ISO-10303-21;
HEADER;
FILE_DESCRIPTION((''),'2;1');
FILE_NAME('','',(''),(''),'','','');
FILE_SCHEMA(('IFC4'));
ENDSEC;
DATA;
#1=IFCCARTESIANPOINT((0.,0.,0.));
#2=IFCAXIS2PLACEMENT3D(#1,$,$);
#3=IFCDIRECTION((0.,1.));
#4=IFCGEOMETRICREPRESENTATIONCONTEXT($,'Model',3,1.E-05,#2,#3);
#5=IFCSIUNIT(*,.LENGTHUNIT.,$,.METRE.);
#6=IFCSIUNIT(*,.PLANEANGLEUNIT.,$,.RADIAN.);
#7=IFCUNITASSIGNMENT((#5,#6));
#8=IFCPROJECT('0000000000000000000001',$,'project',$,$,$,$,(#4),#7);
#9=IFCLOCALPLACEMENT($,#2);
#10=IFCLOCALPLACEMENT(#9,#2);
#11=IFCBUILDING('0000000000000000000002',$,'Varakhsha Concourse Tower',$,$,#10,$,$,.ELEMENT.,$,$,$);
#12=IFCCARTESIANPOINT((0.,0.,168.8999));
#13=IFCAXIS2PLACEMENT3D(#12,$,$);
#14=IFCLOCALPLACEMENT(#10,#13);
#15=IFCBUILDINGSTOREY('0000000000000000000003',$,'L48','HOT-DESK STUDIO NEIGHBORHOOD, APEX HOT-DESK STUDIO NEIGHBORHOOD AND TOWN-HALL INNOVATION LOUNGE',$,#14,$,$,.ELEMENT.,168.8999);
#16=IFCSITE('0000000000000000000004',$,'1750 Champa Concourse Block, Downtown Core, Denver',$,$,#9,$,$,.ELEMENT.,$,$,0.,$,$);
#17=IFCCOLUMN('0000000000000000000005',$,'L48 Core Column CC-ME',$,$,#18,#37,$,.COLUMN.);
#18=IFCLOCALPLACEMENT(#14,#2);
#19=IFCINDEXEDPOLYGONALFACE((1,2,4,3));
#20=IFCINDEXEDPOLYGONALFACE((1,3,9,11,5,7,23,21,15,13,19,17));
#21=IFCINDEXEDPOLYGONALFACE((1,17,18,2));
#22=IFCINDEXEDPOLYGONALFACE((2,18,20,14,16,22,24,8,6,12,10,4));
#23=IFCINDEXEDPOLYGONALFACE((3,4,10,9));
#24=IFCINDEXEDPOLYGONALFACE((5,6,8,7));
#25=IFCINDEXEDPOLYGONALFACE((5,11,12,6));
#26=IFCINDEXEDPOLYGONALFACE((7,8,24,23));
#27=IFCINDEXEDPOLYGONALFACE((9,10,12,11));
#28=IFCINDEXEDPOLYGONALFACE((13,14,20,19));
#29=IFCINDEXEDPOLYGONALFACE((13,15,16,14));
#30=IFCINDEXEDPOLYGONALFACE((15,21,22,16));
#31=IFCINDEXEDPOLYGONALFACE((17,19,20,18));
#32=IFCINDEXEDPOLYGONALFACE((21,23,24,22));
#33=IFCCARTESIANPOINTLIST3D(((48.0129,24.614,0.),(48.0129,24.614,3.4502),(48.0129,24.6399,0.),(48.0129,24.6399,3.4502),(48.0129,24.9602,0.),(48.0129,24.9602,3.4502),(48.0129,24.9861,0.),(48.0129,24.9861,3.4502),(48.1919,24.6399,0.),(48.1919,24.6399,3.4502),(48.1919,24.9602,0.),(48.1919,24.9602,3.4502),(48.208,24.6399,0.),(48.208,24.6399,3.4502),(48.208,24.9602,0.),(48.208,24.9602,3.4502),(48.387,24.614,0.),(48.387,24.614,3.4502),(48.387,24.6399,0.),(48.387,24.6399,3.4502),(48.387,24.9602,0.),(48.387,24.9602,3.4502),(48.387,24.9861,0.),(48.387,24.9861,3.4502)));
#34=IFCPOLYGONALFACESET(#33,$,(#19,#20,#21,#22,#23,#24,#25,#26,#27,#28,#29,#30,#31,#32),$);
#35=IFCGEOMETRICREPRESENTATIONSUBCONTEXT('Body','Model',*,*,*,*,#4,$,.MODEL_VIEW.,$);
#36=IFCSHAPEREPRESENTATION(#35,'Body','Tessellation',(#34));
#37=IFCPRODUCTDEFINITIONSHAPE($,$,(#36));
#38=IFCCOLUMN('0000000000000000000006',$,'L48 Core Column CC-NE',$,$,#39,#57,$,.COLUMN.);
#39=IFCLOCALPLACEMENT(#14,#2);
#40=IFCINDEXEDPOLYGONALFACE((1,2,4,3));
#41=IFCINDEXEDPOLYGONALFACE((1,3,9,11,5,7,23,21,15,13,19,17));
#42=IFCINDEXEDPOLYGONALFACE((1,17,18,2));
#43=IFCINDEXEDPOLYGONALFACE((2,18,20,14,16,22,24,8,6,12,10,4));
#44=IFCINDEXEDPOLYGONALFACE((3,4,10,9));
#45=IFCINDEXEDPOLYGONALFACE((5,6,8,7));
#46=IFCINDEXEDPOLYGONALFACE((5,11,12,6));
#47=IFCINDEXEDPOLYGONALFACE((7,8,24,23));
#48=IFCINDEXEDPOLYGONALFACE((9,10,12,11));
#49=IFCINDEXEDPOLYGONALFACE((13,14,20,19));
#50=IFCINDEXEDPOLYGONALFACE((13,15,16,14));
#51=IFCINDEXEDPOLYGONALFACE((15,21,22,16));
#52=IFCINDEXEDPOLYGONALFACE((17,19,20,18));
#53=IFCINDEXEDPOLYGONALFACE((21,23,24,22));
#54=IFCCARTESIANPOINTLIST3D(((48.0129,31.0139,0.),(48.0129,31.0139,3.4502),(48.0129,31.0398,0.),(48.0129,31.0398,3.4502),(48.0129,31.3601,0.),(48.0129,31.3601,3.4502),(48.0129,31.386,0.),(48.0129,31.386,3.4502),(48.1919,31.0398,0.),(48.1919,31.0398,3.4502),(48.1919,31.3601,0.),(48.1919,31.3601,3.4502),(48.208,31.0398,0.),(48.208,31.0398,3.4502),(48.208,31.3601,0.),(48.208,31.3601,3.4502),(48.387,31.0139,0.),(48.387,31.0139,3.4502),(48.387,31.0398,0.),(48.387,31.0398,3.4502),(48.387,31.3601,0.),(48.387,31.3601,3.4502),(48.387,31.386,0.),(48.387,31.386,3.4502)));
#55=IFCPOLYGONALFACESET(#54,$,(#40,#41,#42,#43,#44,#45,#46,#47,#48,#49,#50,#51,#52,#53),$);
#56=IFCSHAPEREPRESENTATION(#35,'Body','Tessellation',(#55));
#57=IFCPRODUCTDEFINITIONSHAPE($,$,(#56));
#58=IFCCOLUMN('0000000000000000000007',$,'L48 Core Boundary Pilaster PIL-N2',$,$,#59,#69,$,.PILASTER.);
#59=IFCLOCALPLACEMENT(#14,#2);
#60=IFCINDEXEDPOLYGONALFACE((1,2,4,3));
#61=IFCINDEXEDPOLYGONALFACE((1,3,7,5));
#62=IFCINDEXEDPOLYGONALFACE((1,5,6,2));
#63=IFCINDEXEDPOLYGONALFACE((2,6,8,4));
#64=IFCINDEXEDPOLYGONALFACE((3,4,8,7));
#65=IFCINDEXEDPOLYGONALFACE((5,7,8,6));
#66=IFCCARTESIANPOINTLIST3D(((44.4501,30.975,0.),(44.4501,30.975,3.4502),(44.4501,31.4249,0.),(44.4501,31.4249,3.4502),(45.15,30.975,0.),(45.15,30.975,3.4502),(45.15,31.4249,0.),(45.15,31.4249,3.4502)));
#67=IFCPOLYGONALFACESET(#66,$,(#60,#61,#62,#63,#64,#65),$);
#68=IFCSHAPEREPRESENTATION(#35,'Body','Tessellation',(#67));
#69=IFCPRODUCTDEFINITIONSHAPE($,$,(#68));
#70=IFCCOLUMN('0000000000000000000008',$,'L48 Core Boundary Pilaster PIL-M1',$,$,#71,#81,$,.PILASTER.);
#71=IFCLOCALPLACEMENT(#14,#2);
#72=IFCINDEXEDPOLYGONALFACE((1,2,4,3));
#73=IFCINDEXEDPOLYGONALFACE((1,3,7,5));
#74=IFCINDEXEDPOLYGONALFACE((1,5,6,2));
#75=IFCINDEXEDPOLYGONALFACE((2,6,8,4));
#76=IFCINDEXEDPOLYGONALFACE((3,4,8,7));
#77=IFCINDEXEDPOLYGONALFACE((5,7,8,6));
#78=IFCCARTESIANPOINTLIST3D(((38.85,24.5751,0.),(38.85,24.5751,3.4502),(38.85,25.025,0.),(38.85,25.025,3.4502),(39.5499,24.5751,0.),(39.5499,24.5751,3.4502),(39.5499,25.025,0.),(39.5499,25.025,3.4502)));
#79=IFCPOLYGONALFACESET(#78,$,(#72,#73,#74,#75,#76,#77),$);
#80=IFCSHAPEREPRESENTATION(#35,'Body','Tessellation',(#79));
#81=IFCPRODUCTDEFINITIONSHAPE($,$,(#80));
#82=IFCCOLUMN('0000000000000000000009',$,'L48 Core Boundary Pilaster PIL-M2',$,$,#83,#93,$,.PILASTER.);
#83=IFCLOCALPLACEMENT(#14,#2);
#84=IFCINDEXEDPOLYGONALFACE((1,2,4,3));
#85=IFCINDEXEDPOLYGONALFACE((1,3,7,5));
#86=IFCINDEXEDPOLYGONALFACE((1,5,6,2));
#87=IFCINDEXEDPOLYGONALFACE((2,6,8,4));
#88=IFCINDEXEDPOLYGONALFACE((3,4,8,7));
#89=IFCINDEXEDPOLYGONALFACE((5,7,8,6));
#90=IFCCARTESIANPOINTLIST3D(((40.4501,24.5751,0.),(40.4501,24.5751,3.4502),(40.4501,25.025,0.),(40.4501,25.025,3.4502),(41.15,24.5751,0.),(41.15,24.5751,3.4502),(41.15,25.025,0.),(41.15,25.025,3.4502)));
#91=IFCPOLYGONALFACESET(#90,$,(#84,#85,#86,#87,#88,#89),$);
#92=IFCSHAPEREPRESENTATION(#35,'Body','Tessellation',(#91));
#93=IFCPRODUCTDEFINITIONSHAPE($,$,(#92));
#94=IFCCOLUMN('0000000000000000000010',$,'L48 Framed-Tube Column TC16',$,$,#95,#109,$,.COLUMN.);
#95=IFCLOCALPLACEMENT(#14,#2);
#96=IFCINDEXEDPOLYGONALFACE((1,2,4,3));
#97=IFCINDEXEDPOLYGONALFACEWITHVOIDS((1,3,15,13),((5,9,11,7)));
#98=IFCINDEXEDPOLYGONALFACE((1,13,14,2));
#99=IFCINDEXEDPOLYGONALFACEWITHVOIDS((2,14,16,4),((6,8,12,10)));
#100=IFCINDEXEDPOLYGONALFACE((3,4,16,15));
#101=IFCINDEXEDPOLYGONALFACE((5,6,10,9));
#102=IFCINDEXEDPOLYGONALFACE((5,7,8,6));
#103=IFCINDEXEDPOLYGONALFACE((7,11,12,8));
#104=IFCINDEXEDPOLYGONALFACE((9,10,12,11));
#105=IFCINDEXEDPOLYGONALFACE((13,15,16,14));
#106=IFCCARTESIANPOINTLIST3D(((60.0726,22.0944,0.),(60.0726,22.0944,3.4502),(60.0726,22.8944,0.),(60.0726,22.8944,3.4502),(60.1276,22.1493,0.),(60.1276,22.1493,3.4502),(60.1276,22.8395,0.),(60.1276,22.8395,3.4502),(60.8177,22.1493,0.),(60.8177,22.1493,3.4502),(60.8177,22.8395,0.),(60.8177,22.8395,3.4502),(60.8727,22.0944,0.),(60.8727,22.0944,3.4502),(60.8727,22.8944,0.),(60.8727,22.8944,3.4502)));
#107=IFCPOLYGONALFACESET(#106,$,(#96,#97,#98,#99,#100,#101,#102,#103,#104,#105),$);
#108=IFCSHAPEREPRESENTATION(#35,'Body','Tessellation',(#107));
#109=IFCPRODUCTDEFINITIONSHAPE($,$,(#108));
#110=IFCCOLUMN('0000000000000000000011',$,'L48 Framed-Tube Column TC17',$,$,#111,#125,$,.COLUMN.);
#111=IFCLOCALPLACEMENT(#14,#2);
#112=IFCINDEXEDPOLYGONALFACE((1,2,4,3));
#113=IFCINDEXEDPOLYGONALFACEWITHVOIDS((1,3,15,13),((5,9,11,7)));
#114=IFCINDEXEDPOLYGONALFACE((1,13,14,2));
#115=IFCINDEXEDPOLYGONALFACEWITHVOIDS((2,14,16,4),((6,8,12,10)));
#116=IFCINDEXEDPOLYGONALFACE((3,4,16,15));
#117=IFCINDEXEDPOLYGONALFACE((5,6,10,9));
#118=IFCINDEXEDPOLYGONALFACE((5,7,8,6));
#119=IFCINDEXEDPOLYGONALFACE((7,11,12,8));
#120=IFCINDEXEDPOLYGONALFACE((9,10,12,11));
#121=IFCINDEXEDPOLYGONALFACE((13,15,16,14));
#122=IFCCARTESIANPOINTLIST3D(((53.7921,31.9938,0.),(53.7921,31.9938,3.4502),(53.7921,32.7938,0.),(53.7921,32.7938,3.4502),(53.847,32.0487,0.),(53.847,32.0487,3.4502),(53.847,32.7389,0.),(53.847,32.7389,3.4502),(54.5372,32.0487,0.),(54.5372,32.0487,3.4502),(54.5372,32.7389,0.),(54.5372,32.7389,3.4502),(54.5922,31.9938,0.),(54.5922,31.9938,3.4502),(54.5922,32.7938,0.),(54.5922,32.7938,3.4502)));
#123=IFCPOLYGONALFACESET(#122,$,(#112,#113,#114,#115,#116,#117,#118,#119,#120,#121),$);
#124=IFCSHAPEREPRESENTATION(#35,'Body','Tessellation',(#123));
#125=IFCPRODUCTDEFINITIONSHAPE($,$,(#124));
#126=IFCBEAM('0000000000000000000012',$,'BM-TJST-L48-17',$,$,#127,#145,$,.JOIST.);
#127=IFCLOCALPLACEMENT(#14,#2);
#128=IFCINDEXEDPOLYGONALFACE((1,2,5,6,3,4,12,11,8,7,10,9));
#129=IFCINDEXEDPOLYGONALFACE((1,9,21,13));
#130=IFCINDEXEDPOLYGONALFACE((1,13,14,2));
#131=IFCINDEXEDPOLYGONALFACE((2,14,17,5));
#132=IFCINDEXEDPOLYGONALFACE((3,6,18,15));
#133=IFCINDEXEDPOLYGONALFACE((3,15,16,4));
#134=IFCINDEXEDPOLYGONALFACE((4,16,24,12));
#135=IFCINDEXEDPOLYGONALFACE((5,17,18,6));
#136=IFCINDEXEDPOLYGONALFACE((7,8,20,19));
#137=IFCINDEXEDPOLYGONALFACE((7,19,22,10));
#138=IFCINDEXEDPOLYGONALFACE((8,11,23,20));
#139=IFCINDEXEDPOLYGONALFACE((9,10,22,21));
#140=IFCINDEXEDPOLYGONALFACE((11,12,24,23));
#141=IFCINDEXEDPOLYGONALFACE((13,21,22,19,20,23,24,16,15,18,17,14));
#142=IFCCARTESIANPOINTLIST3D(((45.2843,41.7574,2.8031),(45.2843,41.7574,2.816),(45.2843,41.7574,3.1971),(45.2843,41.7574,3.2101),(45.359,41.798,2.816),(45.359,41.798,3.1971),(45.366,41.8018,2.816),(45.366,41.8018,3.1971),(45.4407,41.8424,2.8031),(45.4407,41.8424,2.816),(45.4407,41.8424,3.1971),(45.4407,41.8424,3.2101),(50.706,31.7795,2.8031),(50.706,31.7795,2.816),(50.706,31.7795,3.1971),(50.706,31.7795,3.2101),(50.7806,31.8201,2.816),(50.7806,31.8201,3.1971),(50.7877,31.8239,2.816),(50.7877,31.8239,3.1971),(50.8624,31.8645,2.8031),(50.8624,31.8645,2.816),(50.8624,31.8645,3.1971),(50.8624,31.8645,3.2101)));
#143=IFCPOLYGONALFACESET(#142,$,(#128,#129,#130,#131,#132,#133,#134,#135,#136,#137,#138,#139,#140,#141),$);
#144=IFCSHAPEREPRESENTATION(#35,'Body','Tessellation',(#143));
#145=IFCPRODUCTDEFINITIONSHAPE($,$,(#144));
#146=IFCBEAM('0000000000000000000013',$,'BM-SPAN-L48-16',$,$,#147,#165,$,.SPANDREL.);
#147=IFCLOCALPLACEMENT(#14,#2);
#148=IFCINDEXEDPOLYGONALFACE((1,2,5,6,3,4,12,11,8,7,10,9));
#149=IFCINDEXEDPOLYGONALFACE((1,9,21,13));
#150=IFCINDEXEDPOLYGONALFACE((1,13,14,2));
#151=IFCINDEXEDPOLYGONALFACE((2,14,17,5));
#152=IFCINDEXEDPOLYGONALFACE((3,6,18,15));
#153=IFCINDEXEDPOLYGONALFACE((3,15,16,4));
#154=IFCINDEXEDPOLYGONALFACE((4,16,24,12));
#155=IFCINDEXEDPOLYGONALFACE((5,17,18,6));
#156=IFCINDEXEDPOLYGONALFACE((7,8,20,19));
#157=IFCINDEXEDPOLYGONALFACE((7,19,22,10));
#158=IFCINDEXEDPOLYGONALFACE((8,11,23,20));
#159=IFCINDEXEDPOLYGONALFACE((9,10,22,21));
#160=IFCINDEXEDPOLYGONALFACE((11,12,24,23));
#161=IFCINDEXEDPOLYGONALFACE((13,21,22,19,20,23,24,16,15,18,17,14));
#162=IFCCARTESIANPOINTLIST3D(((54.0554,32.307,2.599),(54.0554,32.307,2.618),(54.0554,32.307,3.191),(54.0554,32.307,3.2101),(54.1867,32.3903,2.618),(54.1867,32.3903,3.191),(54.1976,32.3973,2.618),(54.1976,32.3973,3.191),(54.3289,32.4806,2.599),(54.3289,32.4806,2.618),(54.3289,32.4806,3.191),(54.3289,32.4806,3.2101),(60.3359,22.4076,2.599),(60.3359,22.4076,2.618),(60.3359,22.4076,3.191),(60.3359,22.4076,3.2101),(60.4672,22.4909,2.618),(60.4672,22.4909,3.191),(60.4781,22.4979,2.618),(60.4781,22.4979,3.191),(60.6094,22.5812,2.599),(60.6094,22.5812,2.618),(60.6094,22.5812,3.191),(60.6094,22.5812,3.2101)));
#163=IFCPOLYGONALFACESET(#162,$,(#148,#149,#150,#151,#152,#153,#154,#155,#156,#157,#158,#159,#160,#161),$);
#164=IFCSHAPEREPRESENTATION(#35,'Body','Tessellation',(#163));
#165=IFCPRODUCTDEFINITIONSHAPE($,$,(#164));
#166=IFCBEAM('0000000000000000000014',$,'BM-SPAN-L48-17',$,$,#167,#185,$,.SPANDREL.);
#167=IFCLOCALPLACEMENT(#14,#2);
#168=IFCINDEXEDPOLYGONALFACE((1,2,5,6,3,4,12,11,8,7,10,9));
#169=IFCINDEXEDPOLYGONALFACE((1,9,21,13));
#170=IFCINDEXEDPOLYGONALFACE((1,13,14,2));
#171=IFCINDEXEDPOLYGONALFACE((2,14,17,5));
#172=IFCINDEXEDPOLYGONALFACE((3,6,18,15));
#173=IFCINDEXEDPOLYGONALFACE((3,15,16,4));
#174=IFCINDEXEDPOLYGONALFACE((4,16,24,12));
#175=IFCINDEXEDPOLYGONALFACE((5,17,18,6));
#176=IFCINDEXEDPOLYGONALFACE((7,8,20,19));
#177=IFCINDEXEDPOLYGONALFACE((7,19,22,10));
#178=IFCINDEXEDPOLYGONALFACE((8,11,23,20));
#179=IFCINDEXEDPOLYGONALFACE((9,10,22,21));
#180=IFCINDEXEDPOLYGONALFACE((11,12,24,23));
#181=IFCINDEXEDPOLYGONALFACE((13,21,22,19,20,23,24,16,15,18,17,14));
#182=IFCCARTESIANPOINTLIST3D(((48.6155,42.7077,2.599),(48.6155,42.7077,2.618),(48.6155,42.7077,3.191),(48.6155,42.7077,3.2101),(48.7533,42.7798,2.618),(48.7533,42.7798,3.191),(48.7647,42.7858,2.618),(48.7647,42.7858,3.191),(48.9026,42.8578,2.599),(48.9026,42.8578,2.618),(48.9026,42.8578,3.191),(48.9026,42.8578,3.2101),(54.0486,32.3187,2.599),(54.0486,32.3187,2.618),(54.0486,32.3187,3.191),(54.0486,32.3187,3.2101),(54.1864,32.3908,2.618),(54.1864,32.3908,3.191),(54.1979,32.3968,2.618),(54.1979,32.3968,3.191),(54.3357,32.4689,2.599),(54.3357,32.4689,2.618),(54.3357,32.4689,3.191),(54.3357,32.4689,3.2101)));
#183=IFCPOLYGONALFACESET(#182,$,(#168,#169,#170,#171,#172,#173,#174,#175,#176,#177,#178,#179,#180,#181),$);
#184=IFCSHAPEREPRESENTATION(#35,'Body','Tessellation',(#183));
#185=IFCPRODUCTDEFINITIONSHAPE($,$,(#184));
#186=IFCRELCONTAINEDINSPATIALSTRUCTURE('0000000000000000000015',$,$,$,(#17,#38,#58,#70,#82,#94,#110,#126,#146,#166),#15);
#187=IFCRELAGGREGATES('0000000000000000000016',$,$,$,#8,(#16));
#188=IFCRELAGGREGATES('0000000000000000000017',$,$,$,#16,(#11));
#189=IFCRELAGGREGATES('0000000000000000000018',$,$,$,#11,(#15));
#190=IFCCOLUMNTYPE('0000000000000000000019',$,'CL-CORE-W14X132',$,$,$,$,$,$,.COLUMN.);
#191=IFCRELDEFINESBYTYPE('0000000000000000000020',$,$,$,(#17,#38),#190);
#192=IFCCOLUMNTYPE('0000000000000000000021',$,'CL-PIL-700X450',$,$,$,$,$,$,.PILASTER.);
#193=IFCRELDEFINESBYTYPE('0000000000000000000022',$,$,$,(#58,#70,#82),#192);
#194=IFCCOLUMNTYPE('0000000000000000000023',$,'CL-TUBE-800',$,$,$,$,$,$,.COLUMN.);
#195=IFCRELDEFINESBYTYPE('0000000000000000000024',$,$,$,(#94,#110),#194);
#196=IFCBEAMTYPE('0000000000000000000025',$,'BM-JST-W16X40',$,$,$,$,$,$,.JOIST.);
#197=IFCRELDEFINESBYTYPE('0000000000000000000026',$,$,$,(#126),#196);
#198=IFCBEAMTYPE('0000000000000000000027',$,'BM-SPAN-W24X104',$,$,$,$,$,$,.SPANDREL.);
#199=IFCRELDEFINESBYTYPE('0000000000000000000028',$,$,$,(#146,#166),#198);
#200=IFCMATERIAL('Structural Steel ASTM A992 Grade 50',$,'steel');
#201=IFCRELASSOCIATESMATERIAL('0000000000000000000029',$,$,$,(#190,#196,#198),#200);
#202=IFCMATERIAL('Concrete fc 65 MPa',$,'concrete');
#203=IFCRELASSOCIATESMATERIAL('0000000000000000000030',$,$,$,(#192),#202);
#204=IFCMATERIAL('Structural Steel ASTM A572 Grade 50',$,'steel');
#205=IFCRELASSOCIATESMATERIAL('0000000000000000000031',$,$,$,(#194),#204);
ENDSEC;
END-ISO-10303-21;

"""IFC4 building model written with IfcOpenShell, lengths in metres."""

from ifc_helpers import new_model, si_unit, direction, frame, origin, origin_2d, place, context, subcontext, project, spatial, rectangle, hollow_rectangle, i_section, extrude, material, material_profile, profile_set, type_object, element, save


model = new_model("IFC4")

# Units and contexts
model_context = context("Model", 3, precision=1e-05, world=origin(), true_north=direction((0.0, 1.0)))
body_context = subcontext(model_context, "Body", "Model", "MODEL_VIEW")
ifc_project = project(units=[si_unit("LENGTHUNIT", "METRE"), si_unit("PLANEANGLEUNIT", "RADIAN")], contexts=[model_context])

# Site, building, storey
site_placement = place(None, origin())
site = spatial("IfcSite", under=ifc_project, at=site_placement, Name="1750 Champa Concourse Block, Downtown Core, Denver", CompositionType="ELEMENT", RefElevation=0.0)
building_placement = place(site_placement, origin())
building = spatial("IfcBuilding", under=site, at=building_placement, Name="Varakhsha Concourse Tower", CompositionType="ELEMENT")
storey_placement = place(building_placement, frame((0.0, 0.0, 168.8999)))
storey = spatial("IfcBuildingStorey", under=building, at=storey_placement, Name="L48", Description="HOT-DESK STUDIO NEIGHBORHOOD, APEX HOT-DESK STUDIO NEIGHBORHOOD AND TOWN-HALL INNOVATION LOUNGE", CompositionType="ELEMENT", Elevation=168.8999)

# Columns
ifc_material_1 = material(Name="Structural Steel ASTM A992 Grade 50", Category="steel")
ifc_material_profile_1 = material_profile(ifc_material_1, i_section(OverallWidth=0.374, OverallDepth=0.3721, WebThickness=0.0161, FlangeThickness=0.0259, at=origin_2d()), Name="W14X132")
ifc_profile_set_1 = profile_set([ifc_material_profile_1], Name="Structural Steel ASTM A992 Grade 50")
column_type_1 = type_object("IfcColumnType", Name="CL-CORE-W14X132", PredefinedType="COLUMN", material=ifc_profile_set_1)
for number, where, z_axis, x_axis, name in (
    (1, (48.2, 24.8, 0.0), (0.0, 0.0, 1.0), (1.0, 0.0, 0.0), "L48 Core Column CC-ME"),
    (2, (48.2, 31.2, 0.0), (0.0, 0.0, 1.0), (1.0, 0.0, 0.0), "L48 Core Column CC-NE"),
):
    element("IfcColumn", number, at=place(storey_placement, frame(where, z_axis=z_axis, x_axis=x_axis)), inside=storey, type_object=column_type_1, Name=name, PredefinedType="COLUMN", context=body_context, shape_type="SweptSolid", body=[
        extrude(i_section(OverallWidth=0.374, OverallDepth=0.3721, WebThickness=0.0161, FlangeThickness=0.0259, at=origin_2d()), origin(), (0.0, 0.0, 1.0), 3.4502),
    ])
ifc_material_2 = material(Name="Concrete fc 65 MPa", Category="concrete")
ifc_material_profile_2 = material_profile(ifc_material_2, rectangle(XDim=0.7, YDim=0.45, at=origin_2d()), Name="RC 700x450")
ifc_profile_set_2 = profile_set([ifc_material_profile_2], Name="Concrete fc 65 MPa")
column_type_2 = type_object("IfcColumnType", Name="CL-PIL-700X450", PredefinedType="PILASTER", material=ifc_profile_set_2)
for number, where, z_axis, x_axis, name in (
    (3, (44.8, 31.2, 0.0), (0.0, 0.0, 1.0), (1.0, 0.0, 0.0), "L48 Core Boundary Pilaster PIL-N2"),
    (4, (39.2, 24.8, 0.0), (0.0, 0.0, 1.0), (1.0, 0.0, 0.0), "L48 Core Boundary Pilaster PIL-M1"),
    (5, (40.8, 24.8, 0.0), (0.0, 0.0, 1.0), (1.0, 0.0, 0.0), "L48 Core Boundary Pilaster PIL-M2"),
):
    element("IfcColumn", number, at=place(storey_placement, frame(where, z_axis=z_axis, x_axis=x_axis)), inside=storey, type_object=column_type_2, Name=name, PredefinedType="PILASTER", context=body_context, shape_type="SweptSolid", body=[
        extrude(rectangle(XDim=0.7, YDim=0.45, at=origin_2d()), origin(), (0.0, 0.0, 1.0), 3.4502),
    ])
ifc_material_3 = material(Name="Structural Steel ASTM A572 Grade 50", Category="steel")
ifc_material_profile_3 = material_profile(ifc_material_3, hollow_rectangle(XDim=0.8, YDim=0.8, WallThickness=0.0549, at=origin_2d()), Name="BOX 800x800x55")
ifc_profile_set_3 = profile_set([ifc_material_profile_3], Name="Structural Steel ASTM A572 Grade 50")
column_type_3 = type_object("IfcColumnType", Name="CL-TUBE-800", PredefinedType="COLUMN", material=ifc_profile_set_3)
for number, where, z_axis, x_axis, name in (
    (6, (60.4727, 22.4944, 0.0), (0.0, 0.0, 1.0), (1.0, 0.0, 0.0), "L48 Framed-Tube Column TC16"),
    (7, (54.1921, 32.3938, 0.0), (0.0, 0.0, 1.0), (1.0, 0.0, 0.0), "L48 Framed-Tube Column TC17"),
):
    element("IfcColumn", number, at=place(storey_placement, frame(where, z_axis=z_axis, x_axis=x_axis)), inside=storey, type_object=column_type_3, Name=name, PredefinedType="COLUMN", context=body_context, shape_type="SweptSolid", body=[
        extrude(hollow_rectangle(XDim=0.8, YDim=0.8, WallThickness=0.0549, at=origin_2d()), origin(), (0.0, 0.0, 1.0), 3.4502),
    ])

# Beams
ifc_material_profile_4 = material_profile(ifc_material_1, i_section(OverallWidth=0.178, OverallDepth=0.407, WebThickness=0.0081, FlangeThickness=0.0129, at=origin_2d()), Name="W16X40")
ifc_profile_set_4 = profile_set([ifc_material_profile_4], Name="Structural Steel ASTM A992 Grade 50")
beam_type_1 = type_object("IfcBeamType", Name="BM-JST-W16X40", PredefinedType="JOIST", material=ifc_profile_set_4)
beam_1_placement = place(storey_placement, frame((50.7842, 31.822, 3.0066), z_axis=(-0.47744, 0.878664, 0.0), x_axis=(-0.878664, -0.47744, 0.0)))
element("IfcBeam", 8, at=beam_1_placement, inside=storey, type_object=beam_type_1, Name="BM-TJST-L48-17", PredefinedType="JOIST", context=body_context, shape_type="SweptSolid", body=[
    extrude(i_section(OverallWidth=0.178, OverallDepth=0.407, WebThickness=0.0081, FlangeThickness=0.0129, at=origin_2d()), origin(), (0.0, 0.0, 1.0), 11.3557),
])
ifc_material_profile_5 = material_profile(ifc_material_1, i_section(OverallWidth=0.324, OverallDepth=0.6111, WebThickness=0.0129, FlangeThickness=0.019, at=origin_2d()), Name="W24X104")
ifc_profile_set_5 = profile_set([ifc_material_profile_5], Name="Structural Steel ASTM A992 Grade 50")
beam_type_2 = type_object("IfcBeamType", Name="BM-SPAN-W24X104", PredefinedType="SPANDREL", material=ifc_profile_set_5)
beam_2_placement = place(storey_placement, frame((60.4727, 22.4944, 2.9045), z_axis=(-0.535715, 0.844399, 0.0), x_axis=(-0.844399, -0.535715, 0.0)))
element("IfcBeam", 9, at=beam_2_placement, inside=storey, type_object=beam_type_2, Name="BM-SPAN-L48-16", PredefinedType="SPANDREL", context=body_context, shape_type="SweptSolid", body=[
    extrude(i_section(OverallWidth=0.324, OverallDepth=0.6111, WebThickness=0.0129, FlangeThickness=0.019, at=origin_2d()), origin(), (0.0, 0.0, 1.0), 11.7236),
])
beam_3_placement = place(storey_placement, frame((54.1921, 32.3938, 2.9045), z_axis=(-0.463424, 0.886137, 0.0), x_axis=(-0.886137, -0.463424, 0.0)))
element("IfcBeam", 10, at=beam_3_placement, inside=storey, type_object=beam_type_2, Name="BM-SPAN-L48-17", PredefinedType="SPANDREL", context=body_context, shape_type="SweptSolid", body=[
    extrude(i_section(OverallWidth=0.324, OverallDepth=0.6111, WebThickness=0.0129, FlangeThickness=0.019, at=origin_2d()), origin(), (0.0, 0.0, 1.0), 11.7239),
])

save(model, "model.ifc")
